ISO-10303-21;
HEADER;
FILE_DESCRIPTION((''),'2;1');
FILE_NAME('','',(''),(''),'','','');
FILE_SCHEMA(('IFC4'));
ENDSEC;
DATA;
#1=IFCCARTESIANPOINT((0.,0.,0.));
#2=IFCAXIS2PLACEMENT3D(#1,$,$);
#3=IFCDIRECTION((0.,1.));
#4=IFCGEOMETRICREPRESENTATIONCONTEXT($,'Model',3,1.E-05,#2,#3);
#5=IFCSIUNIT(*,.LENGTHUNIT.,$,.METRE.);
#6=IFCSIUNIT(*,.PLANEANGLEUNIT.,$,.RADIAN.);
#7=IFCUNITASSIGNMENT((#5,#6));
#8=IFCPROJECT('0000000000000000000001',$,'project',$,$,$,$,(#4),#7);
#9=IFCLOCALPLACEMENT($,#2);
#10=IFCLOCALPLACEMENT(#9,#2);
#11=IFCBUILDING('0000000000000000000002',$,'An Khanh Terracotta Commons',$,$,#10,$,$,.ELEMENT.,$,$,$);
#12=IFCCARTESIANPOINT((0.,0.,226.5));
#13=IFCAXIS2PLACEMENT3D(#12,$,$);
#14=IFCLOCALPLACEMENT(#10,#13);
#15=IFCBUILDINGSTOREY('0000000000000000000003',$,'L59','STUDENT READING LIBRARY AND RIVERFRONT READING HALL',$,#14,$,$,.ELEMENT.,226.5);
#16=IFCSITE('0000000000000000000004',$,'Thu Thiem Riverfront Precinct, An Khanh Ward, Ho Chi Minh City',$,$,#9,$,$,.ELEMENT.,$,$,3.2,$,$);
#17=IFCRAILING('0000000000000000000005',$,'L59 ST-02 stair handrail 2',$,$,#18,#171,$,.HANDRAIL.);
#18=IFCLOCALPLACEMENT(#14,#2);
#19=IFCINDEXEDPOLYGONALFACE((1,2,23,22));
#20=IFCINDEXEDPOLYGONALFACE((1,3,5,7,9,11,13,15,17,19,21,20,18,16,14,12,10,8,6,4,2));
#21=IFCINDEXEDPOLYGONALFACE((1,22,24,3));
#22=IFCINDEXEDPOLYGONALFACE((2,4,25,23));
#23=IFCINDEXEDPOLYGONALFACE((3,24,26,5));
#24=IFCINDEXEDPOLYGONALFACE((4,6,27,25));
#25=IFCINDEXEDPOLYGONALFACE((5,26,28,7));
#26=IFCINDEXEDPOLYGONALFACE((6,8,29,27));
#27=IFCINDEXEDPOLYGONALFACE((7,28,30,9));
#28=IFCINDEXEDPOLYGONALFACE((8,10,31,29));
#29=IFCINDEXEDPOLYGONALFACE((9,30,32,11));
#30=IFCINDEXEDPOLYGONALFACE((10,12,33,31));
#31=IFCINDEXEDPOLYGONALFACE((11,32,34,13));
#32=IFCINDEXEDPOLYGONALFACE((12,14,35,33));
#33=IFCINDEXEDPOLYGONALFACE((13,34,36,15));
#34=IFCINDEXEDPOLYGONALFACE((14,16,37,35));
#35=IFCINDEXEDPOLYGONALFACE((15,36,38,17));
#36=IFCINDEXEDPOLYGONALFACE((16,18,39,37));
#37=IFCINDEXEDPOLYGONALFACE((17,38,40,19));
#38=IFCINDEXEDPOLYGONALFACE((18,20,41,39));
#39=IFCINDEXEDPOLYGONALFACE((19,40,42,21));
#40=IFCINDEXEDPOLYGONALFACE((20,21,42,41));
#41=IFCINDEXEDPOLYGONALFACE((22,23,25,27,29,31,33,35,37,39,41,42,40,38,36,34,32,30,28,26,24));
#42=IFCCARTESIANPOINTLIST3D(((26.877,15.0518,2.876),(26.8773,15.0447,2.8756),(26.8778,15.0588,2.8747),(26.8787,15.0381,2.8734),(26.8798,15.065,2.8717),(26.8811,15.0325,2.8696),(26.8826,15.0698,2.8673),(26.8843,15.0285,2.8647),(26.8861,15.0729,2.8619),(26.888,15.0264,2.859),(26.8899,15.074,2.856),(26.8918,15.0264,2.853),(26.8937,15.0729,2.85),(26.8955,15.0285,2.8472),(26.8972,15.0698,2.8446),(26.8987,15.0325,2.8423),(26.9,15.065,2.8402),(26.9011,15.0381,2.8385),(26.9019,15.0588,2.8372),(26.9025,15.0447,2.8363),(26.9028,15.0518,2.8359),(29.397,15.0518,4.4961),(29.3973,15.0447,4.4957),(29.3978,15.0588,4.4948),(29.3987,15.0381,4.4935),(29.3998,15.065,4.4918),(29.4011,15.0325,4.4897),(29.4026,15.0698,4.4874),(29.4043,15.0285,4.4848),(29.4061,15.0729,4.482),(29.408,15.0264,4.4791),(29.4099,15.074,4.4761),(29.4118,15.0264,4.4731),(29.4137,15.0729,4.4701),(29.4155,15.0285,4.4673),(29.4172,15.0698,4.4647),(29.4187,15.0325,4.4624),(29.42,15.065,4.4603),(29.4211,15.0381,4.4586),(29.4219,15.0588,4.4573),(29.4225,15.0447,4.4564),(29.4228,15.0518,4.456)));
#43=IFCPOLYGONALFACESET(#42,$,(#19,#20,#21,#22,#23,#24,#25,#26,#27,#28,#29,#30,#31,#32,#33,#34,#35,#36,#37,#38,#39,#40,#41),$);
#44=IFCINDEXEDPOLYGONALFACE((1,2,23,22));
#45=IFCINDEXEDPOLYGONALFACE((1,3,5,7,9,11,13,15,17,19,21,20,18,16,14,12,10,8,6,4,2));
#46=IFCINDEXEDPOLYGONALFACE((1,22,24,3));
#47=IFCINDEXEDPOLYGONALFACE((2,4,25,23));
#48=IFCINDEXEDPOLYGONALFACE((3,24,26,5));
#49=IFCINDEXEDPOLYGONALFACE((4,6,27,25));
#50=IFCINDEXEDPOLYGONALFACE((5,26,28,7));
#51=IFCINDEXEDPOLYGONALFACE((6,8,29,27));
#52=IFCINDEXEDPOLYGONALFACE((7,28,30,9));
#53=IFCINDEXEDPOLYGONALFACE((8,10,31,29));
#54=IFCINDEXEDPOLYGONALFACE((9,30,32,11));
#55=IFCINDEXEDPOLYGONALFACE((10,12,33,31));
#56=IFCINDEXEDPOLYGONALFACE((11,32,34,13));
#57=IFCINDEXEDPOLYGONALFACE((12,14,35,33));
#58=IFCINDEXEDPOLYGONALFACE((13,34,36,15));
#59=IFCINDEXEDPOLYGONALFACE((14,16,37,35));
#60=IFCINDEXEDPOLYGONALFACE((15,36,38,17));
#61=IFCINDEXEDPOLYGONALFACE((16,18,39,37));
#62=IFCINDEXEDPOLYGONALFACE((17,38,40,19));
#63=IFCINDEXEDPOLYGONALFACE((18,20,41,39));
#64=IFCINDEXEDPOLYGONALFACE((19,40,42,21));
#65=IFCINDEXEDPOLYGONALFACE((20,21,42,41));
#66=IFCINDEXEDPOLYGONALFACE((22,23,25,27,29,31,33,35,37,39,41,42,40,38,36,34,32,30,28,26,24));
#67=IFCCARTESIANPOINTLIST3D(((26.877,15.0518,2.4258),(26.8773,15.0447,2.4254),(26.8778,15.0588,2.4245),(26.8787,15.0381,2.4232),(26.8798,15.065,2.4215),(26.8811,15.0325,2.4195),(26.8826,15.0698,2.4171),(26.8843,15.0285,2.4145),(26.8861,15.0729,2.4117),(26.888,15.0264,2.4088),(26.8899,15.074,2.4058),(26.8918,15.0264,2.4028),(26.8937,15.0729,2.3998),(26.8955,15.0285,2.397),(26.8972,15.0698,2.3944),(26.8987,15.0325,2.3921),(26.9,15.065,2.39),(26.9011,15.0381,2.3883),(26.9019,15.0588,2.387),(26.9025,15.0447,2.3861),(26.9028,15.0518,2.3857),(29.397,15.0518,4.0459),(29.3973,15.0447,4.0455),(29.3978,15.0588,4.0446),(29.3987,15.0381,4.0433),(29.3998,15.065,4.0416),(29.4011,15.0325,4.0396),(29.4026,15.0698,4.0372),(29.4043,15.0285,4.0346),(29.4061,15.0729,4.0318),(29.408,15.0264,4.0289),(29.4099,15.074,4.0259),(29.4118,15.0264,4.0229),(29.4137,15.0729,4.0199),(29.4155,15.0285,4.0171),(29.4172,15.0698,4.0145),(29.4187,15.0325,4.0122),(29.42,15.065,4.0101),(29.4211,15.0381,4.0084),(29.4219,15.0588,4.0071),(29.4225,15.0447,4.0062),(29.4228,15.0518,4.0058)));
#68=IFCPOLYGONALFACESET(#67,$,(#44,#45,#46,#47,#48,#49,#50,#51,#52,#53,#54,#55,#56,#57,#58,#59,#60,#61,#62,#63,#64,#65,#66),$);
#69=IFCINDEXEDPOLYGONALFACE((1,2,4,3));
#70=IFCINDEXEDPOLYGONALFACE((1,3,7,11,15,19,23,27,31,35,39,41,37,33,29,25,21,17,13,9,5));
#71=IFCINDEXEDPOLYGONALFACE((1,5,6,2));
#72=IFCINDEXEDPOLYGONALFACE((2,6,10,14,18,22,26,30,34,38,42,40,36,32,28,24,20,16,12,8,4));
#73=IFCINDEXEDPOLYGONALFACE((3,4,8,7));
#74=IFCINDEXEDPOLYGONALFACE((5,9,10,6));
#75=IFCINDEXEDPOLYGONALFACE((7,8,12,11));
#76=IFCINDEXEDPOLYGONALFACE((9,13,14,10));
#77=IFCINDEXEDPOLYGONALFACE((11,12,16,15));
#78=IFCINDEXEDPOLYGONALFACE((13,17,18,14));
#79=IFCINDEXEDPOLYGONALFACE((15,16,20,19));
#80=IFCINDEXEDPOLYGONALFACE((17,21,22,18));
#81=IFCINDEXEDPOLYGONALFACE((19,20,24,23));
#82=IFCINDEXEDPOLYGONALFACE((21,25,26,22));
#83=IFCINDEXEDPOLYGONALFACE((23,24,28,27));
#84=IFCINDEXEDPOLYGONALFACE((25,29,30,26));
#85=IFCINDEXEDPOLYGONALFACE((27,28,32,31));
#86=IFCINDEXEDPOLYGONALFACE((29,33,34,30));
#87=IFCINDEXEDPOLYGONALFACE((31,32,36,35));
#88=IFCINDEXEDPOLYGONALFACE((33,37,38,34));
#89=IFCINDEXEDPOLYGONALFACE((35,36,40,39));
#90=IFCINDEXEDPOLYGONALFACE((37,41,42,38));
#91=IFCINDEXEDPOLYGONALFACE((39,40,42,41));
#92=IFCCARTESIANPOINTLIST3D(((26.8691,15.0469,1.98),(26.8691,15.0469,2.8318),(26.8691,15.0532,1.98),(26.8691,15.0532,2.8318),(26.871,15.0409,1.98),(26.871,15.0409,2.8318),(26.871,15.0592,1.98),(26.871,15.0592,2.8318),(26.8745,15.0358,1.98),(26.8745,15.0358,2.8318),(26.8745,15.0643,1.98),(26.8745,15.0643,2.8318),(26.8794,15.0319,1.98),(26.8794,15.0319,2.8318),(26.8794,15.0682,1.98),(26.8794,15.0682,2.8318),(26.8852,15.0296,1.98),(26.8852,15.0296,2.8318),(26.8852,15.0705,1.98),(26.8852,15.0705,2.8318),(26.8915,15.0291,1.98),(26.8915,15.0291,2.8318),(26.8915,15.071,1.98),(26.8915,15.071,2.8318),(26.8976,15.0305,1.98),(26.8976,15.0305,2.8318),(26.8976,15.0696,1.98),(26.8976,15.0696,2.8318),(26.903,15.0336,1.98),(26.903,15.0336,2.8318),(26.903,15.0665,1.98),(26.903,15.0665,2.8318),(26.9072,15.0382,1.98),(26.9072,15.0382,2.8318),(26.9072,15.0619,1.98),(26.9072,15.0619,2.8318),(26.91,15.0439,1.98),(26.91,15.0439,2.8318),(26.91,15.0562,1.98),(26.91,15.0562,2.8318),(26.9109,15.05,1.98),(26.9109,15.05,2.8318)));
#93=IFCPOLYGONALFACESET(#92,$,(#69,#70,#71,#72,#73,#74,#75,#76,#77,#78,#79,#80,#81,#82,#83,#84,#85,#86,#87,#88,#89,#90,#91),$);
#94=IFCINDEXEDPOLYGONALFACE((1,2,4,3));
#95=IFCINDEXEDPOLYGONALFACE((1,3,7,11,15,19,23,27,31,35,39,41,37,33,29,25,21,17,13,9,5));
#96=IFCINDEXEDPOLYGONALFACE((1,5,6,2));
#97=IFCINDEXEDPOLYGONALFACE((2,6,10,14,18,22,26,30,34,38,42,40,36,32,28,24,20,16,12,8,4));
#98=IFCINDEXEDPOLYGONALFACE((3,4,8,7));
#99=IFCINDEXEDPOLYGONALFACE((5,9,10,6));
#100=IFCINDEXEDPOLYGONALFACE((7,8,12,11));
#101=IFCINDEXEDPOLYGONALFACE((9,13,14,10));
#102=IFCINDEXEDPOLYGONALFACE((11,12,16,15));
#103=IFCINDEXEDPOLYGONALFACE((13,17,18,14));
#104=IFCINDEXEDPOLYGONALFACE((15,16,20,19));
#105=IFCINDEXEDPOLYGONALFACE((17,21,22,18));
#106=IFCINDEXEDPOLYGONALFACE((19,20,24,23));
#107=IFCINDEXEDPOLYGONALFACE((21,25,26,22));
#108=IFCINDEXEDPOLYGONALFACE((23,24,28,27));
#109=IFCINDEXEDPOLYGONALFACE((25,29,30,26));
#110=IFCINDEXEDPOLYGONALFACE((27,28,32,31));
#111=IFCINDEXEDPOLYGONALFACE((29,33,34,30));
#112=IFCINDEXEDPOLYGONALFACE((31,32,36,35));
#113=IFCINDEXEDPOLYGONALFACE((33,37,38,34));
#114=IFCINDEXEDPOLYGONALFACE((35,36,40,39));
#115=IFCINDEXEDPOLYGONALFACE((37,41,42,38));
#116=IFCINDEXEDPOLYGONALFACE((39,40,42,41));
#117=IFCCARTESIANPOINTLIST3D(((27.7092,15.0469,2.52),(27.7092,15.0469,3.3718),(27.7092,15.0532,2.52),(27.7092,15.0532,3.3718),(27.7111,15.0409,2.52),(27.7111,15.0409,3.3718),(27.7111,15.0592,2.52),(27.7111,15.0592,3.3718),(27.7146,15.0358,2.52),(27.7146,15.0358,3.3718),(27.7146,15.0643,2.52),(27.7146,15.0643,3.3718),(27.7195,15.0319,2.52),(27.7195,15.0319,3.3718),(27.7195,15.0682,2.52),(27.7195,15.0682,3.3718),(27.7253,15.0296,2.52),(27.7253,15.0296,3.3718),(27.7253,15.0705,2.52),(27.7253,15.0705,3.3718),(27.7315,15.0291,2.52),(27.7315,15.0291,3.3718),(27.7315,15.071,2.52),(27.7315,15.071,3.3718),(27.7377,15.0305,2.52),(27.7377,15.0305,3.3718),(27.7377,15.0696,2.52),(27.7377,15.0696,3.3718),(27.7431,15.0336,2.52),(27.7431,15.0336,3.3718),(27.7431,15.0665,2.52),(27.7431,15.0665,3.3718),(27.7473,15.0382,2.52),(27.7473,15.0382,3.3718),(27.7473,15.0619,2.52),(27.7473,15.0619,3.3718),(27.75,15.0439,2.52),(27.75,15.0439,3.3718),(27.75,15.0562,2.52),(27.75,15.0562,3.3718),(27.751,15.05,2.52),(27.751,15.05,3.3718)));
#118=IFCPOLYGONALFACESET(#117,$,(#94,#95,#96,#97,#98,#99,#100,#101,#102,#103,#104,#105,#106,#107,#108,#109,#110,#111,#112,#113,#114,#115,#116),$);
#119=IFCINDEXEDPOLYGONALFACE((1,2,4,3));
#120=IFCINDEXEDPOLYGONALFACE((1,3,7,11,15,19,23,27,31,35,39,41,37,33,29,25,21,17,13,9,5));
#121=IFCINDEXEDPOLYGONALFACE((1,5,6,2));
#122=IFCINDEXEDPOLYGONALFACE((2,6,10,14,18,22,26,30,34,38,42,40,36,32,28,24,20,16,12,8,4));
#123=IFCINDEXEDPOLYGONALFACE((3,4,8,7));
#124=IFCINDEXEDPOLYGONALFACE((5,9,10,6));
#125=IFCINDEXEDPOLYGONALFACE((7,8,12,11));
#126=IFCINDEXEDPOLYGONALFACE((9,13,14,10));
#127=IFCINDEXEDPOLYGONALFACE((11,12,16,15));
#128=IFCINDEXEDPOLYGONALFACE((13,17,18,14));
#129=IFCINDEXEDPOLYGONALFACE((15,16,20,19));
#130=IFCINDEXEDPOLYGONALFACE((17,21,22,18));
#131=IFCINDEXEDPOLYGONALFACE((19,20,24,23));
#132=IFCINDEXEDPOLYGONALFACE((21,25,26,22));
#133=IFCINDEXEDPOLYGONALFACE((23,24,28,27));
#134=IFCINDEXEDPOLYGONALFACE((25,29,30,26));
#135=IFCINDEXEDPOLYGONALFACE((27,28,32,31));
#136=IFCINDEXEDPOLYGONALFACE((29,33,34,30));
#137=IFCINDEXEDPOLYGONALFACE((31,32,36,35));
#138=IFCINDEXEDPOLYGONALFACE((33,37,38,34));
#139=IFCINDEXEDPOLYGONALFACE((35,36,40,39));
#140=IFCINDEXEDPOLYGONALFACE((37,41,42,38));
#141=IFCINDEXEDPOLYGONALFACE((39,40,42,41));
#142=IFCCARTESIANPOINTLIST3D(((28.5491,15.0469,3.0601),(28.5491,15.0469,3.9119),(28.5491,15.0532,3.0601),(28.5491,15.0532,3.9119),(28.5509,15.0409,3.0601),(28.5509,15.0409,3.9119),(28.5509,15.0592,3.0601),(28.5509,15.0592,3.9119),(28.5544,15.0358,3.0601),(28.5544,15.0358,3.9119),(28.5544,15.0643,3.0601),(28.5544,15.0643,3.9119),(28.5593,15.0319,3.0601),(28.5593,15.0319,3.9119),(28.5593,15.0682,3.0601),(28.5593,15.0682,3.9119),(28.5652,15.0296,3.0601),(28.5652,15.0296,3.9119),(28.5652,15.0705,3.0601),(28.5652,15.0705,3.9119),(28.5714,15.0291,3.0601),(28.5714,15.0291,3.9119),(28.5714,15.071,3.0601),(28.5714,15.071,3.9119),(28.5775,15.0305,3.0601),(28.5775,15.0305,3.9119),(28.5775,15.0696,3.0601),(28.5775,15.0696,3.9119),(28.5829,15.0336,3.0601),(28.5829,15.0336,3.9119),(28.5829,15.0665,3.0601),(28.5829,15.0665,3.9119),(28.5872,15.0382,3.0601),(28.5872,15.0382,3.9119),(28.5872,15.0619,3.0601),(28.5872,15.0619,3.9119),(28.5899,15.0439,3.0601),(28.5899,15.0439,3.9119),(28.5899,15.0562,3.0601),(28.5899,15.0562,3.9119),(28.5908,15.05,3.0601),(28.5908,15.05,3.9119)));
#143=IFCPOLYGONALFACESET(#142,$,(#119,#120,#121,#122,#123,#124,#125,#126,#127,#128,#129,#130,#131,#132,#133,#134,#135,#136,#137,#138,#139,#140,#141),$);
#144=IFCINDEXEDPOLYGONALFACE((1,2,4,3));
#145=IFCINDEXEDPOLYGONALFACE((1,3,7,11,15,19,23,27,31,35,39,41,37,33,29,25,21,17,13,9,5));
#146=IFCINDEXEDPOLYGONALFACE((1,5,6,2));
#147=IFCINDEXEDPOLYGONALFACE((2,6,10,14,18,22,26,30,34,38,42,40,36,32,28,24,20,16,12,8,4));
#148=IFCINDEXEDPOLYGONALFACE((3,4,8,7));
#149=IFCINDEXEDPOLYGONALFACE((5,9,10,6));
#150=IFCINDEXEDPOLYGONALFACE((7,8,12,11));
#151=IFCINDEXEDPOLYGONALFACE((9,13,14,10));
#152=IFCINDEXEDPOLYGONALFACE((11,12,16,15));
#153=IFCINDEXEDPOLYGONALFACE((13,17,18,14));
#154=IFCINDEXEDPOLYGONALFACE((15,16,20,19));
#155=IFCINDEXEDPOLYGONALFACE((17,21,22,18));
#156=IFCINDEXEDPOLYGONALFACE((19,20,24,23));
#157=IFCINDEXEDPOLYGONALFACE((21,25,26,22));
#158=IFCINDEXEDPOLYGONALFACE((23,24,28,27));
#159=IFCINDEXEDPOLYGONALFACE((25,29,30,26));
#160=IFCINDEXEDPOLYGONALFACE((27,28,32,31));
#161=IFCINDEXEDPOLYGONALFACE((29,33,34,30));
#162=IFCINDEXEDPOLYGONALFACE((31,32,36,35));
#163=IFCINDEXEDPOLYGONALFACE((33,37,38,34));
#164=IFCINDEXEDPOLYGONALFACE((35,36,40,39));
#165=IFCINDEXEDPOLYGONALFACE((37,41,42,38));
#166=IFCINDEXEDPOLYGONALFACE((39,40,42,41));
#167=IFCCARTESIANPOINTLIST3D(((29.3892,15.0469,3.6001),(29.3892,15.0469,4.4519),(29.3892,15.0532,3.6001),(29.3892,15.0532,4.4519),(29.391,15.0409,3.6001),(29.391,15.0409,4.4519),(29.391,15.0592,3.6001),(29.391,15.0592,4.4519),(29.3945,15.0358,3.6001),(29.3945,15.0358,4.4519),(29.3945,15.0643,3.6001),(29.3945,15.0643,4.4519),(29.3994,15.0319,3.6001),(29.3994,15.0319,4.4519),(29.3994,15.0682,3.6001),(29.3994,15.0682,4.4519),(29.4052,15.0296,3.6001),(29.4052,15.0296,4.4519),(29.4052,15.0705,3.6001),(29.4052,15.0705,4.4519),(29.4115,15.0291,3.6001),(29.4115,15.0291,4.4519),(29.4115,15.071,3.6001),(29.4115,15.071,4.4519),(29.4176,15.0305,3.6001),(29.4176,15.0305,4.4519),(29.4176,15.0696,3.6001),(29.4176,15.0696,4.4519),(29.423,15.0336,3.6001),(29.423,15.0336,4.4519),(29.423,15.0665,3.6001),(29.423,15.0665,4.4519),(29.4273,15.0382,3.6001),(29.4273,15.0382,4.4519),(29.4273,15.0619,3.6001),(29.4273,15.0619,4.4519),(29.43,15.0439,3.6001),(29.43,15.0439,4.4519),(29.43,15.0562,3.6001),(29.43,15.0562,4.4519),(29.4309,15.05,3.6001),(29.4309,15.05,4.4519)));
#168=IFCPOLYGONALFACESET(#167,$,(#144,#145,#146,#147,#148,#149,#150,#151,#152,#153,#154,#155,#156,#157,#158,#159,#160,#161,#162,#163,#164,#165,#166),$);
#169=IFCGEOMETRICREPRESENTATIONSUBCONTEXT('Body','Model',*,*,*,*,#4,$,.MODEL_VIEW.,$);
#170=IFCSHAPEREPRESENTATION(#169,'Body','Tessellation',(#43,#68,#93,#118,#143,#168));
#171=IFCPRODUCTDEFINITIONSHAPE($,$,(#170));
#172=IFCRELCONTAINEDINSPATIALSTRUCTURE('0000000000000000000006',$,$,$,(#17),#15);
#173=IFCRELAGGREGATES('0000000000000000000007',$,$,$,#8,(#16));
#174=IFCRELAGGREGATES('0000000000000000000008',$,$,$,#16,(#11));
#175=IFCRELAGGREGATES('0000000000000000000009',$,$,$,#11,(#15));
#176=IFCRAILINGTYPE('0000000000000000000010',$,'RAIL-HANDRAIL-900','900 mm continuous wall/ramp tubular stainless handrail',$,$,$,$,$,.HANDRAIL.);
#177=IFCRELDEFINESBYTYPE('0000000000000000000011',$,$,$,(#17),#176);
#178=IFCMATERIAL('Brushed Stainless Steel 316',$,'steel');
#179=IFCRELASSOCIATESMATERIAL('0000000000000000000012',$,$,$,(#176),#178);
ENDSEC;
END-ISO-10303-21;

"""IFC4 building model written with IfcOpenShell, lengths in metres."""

from ifc_helpers import new_model, si_unit, direction, frame, origin, origin_2d, place, context, subcontext, project, spatial, circle, extrude, material, type_object, element, save


model = new_model("IFC4")

# Units and contexts
model_context = context("Model", 3, precision=1e-05, world=origin(), true_north=direction((0.0, 1.0)))
body_context = subcontext(model_context, "Body", "Model", "MODEL_VIEW")
ifc_project = project(units=[si_unit("LENGTHUNIT", "METRE"), si_unit("PLANEANGLEUNIT", "RADIAN")], contexts=[model_context])

# Site, building, storey
site_placement = place(None, origin())
site = spatial("IfcSite", under=ifc_project, at=site_placement, Name="Thu Thiem Riverfront Precinct, An Khanh Ward, Ho Chi Minh City", CompositionType="ELEMENT", RefElevation=3.2)
building_placement = place(site_placement, origin())
building = spatial("IfcBuilding", under=site, at=building_placement, Name="An Khanh Terracotta Commons", CompositionType="ELEMENT")
storey_placement = place(building_placement, frame((0.0, 0.0, 226.5)))
storey = spatial("IfcBuildingStorey", under=building, at=storey_placement, Name="L59", Description="STUDENT READING LIBRARY AND RIVERFRONT READING HALL", CompositionType="ELEMENT", Elevation=226.5)

# Railing
ifc_material_1 = material(Name="Brushed Stainless Steel 316", Category="steel")
railing_type_1 = type_object("IfcRailingType", Name="RAIL-HANDRAIL-900", Description="900 mm continuous wall/ramp tubular stainless handrail", PredefinedType="HANDRAIL", material=ifc_material_1)
railing_1_placement = place(storey_placement, frame((26.8899, 15.05, 1.98)))
element("IfcRailing", 1, at=railing_1_placement, inside=storey, type_object=railing_type_1, Name="L59 ST-02 stair handrail 2", PredefinedType="HANDRAIL", context=body_context, shape_type="SweptSolid", body=[
    extrude(circle(Radius=0.0239, at=origin_2d()), frame((0.0, 0.0, 0.876), z_axis=(0.841163, 0.0, 0.540782), x_axis=(0.0, 1.0, 0.0)), (0.0, 0.0, 1.0), 2.9958),
    extrude(circle(Radius=0.0239, at=origin_2d()), frame((0.0, 0.0, 0.4258), z_axis=(0.841163, 0.0, 0.540782), x_axis=(0.0, 1.0, 0.0)), (0.0, 0.0, 1.0), 2.9958),
    extrude(circle(Radius=0.021, at=origin_2d()), origin(), (0.0, 0.0, 1.0), 0.8518),
    extrude(circle(Radius=0.021, at=origin_2d()), frame((0.8401, 0.0, 0.54)), (0.0, 0.0, 1.0), 0.8518),
    extrude(circle(Radius=0.021, at=origin_2d()), frame((1.6799, 0.0, 1.0801)), (0.0, 0.0, 1.0), 0.8518),
    extrude(circle(Radius=0.021, at=origin_2d()), frame((2.52, 0.0, 1.6201)), (0.0, 0.0, 1.0), 0.8518),
])

save(model, "model.ifc")
